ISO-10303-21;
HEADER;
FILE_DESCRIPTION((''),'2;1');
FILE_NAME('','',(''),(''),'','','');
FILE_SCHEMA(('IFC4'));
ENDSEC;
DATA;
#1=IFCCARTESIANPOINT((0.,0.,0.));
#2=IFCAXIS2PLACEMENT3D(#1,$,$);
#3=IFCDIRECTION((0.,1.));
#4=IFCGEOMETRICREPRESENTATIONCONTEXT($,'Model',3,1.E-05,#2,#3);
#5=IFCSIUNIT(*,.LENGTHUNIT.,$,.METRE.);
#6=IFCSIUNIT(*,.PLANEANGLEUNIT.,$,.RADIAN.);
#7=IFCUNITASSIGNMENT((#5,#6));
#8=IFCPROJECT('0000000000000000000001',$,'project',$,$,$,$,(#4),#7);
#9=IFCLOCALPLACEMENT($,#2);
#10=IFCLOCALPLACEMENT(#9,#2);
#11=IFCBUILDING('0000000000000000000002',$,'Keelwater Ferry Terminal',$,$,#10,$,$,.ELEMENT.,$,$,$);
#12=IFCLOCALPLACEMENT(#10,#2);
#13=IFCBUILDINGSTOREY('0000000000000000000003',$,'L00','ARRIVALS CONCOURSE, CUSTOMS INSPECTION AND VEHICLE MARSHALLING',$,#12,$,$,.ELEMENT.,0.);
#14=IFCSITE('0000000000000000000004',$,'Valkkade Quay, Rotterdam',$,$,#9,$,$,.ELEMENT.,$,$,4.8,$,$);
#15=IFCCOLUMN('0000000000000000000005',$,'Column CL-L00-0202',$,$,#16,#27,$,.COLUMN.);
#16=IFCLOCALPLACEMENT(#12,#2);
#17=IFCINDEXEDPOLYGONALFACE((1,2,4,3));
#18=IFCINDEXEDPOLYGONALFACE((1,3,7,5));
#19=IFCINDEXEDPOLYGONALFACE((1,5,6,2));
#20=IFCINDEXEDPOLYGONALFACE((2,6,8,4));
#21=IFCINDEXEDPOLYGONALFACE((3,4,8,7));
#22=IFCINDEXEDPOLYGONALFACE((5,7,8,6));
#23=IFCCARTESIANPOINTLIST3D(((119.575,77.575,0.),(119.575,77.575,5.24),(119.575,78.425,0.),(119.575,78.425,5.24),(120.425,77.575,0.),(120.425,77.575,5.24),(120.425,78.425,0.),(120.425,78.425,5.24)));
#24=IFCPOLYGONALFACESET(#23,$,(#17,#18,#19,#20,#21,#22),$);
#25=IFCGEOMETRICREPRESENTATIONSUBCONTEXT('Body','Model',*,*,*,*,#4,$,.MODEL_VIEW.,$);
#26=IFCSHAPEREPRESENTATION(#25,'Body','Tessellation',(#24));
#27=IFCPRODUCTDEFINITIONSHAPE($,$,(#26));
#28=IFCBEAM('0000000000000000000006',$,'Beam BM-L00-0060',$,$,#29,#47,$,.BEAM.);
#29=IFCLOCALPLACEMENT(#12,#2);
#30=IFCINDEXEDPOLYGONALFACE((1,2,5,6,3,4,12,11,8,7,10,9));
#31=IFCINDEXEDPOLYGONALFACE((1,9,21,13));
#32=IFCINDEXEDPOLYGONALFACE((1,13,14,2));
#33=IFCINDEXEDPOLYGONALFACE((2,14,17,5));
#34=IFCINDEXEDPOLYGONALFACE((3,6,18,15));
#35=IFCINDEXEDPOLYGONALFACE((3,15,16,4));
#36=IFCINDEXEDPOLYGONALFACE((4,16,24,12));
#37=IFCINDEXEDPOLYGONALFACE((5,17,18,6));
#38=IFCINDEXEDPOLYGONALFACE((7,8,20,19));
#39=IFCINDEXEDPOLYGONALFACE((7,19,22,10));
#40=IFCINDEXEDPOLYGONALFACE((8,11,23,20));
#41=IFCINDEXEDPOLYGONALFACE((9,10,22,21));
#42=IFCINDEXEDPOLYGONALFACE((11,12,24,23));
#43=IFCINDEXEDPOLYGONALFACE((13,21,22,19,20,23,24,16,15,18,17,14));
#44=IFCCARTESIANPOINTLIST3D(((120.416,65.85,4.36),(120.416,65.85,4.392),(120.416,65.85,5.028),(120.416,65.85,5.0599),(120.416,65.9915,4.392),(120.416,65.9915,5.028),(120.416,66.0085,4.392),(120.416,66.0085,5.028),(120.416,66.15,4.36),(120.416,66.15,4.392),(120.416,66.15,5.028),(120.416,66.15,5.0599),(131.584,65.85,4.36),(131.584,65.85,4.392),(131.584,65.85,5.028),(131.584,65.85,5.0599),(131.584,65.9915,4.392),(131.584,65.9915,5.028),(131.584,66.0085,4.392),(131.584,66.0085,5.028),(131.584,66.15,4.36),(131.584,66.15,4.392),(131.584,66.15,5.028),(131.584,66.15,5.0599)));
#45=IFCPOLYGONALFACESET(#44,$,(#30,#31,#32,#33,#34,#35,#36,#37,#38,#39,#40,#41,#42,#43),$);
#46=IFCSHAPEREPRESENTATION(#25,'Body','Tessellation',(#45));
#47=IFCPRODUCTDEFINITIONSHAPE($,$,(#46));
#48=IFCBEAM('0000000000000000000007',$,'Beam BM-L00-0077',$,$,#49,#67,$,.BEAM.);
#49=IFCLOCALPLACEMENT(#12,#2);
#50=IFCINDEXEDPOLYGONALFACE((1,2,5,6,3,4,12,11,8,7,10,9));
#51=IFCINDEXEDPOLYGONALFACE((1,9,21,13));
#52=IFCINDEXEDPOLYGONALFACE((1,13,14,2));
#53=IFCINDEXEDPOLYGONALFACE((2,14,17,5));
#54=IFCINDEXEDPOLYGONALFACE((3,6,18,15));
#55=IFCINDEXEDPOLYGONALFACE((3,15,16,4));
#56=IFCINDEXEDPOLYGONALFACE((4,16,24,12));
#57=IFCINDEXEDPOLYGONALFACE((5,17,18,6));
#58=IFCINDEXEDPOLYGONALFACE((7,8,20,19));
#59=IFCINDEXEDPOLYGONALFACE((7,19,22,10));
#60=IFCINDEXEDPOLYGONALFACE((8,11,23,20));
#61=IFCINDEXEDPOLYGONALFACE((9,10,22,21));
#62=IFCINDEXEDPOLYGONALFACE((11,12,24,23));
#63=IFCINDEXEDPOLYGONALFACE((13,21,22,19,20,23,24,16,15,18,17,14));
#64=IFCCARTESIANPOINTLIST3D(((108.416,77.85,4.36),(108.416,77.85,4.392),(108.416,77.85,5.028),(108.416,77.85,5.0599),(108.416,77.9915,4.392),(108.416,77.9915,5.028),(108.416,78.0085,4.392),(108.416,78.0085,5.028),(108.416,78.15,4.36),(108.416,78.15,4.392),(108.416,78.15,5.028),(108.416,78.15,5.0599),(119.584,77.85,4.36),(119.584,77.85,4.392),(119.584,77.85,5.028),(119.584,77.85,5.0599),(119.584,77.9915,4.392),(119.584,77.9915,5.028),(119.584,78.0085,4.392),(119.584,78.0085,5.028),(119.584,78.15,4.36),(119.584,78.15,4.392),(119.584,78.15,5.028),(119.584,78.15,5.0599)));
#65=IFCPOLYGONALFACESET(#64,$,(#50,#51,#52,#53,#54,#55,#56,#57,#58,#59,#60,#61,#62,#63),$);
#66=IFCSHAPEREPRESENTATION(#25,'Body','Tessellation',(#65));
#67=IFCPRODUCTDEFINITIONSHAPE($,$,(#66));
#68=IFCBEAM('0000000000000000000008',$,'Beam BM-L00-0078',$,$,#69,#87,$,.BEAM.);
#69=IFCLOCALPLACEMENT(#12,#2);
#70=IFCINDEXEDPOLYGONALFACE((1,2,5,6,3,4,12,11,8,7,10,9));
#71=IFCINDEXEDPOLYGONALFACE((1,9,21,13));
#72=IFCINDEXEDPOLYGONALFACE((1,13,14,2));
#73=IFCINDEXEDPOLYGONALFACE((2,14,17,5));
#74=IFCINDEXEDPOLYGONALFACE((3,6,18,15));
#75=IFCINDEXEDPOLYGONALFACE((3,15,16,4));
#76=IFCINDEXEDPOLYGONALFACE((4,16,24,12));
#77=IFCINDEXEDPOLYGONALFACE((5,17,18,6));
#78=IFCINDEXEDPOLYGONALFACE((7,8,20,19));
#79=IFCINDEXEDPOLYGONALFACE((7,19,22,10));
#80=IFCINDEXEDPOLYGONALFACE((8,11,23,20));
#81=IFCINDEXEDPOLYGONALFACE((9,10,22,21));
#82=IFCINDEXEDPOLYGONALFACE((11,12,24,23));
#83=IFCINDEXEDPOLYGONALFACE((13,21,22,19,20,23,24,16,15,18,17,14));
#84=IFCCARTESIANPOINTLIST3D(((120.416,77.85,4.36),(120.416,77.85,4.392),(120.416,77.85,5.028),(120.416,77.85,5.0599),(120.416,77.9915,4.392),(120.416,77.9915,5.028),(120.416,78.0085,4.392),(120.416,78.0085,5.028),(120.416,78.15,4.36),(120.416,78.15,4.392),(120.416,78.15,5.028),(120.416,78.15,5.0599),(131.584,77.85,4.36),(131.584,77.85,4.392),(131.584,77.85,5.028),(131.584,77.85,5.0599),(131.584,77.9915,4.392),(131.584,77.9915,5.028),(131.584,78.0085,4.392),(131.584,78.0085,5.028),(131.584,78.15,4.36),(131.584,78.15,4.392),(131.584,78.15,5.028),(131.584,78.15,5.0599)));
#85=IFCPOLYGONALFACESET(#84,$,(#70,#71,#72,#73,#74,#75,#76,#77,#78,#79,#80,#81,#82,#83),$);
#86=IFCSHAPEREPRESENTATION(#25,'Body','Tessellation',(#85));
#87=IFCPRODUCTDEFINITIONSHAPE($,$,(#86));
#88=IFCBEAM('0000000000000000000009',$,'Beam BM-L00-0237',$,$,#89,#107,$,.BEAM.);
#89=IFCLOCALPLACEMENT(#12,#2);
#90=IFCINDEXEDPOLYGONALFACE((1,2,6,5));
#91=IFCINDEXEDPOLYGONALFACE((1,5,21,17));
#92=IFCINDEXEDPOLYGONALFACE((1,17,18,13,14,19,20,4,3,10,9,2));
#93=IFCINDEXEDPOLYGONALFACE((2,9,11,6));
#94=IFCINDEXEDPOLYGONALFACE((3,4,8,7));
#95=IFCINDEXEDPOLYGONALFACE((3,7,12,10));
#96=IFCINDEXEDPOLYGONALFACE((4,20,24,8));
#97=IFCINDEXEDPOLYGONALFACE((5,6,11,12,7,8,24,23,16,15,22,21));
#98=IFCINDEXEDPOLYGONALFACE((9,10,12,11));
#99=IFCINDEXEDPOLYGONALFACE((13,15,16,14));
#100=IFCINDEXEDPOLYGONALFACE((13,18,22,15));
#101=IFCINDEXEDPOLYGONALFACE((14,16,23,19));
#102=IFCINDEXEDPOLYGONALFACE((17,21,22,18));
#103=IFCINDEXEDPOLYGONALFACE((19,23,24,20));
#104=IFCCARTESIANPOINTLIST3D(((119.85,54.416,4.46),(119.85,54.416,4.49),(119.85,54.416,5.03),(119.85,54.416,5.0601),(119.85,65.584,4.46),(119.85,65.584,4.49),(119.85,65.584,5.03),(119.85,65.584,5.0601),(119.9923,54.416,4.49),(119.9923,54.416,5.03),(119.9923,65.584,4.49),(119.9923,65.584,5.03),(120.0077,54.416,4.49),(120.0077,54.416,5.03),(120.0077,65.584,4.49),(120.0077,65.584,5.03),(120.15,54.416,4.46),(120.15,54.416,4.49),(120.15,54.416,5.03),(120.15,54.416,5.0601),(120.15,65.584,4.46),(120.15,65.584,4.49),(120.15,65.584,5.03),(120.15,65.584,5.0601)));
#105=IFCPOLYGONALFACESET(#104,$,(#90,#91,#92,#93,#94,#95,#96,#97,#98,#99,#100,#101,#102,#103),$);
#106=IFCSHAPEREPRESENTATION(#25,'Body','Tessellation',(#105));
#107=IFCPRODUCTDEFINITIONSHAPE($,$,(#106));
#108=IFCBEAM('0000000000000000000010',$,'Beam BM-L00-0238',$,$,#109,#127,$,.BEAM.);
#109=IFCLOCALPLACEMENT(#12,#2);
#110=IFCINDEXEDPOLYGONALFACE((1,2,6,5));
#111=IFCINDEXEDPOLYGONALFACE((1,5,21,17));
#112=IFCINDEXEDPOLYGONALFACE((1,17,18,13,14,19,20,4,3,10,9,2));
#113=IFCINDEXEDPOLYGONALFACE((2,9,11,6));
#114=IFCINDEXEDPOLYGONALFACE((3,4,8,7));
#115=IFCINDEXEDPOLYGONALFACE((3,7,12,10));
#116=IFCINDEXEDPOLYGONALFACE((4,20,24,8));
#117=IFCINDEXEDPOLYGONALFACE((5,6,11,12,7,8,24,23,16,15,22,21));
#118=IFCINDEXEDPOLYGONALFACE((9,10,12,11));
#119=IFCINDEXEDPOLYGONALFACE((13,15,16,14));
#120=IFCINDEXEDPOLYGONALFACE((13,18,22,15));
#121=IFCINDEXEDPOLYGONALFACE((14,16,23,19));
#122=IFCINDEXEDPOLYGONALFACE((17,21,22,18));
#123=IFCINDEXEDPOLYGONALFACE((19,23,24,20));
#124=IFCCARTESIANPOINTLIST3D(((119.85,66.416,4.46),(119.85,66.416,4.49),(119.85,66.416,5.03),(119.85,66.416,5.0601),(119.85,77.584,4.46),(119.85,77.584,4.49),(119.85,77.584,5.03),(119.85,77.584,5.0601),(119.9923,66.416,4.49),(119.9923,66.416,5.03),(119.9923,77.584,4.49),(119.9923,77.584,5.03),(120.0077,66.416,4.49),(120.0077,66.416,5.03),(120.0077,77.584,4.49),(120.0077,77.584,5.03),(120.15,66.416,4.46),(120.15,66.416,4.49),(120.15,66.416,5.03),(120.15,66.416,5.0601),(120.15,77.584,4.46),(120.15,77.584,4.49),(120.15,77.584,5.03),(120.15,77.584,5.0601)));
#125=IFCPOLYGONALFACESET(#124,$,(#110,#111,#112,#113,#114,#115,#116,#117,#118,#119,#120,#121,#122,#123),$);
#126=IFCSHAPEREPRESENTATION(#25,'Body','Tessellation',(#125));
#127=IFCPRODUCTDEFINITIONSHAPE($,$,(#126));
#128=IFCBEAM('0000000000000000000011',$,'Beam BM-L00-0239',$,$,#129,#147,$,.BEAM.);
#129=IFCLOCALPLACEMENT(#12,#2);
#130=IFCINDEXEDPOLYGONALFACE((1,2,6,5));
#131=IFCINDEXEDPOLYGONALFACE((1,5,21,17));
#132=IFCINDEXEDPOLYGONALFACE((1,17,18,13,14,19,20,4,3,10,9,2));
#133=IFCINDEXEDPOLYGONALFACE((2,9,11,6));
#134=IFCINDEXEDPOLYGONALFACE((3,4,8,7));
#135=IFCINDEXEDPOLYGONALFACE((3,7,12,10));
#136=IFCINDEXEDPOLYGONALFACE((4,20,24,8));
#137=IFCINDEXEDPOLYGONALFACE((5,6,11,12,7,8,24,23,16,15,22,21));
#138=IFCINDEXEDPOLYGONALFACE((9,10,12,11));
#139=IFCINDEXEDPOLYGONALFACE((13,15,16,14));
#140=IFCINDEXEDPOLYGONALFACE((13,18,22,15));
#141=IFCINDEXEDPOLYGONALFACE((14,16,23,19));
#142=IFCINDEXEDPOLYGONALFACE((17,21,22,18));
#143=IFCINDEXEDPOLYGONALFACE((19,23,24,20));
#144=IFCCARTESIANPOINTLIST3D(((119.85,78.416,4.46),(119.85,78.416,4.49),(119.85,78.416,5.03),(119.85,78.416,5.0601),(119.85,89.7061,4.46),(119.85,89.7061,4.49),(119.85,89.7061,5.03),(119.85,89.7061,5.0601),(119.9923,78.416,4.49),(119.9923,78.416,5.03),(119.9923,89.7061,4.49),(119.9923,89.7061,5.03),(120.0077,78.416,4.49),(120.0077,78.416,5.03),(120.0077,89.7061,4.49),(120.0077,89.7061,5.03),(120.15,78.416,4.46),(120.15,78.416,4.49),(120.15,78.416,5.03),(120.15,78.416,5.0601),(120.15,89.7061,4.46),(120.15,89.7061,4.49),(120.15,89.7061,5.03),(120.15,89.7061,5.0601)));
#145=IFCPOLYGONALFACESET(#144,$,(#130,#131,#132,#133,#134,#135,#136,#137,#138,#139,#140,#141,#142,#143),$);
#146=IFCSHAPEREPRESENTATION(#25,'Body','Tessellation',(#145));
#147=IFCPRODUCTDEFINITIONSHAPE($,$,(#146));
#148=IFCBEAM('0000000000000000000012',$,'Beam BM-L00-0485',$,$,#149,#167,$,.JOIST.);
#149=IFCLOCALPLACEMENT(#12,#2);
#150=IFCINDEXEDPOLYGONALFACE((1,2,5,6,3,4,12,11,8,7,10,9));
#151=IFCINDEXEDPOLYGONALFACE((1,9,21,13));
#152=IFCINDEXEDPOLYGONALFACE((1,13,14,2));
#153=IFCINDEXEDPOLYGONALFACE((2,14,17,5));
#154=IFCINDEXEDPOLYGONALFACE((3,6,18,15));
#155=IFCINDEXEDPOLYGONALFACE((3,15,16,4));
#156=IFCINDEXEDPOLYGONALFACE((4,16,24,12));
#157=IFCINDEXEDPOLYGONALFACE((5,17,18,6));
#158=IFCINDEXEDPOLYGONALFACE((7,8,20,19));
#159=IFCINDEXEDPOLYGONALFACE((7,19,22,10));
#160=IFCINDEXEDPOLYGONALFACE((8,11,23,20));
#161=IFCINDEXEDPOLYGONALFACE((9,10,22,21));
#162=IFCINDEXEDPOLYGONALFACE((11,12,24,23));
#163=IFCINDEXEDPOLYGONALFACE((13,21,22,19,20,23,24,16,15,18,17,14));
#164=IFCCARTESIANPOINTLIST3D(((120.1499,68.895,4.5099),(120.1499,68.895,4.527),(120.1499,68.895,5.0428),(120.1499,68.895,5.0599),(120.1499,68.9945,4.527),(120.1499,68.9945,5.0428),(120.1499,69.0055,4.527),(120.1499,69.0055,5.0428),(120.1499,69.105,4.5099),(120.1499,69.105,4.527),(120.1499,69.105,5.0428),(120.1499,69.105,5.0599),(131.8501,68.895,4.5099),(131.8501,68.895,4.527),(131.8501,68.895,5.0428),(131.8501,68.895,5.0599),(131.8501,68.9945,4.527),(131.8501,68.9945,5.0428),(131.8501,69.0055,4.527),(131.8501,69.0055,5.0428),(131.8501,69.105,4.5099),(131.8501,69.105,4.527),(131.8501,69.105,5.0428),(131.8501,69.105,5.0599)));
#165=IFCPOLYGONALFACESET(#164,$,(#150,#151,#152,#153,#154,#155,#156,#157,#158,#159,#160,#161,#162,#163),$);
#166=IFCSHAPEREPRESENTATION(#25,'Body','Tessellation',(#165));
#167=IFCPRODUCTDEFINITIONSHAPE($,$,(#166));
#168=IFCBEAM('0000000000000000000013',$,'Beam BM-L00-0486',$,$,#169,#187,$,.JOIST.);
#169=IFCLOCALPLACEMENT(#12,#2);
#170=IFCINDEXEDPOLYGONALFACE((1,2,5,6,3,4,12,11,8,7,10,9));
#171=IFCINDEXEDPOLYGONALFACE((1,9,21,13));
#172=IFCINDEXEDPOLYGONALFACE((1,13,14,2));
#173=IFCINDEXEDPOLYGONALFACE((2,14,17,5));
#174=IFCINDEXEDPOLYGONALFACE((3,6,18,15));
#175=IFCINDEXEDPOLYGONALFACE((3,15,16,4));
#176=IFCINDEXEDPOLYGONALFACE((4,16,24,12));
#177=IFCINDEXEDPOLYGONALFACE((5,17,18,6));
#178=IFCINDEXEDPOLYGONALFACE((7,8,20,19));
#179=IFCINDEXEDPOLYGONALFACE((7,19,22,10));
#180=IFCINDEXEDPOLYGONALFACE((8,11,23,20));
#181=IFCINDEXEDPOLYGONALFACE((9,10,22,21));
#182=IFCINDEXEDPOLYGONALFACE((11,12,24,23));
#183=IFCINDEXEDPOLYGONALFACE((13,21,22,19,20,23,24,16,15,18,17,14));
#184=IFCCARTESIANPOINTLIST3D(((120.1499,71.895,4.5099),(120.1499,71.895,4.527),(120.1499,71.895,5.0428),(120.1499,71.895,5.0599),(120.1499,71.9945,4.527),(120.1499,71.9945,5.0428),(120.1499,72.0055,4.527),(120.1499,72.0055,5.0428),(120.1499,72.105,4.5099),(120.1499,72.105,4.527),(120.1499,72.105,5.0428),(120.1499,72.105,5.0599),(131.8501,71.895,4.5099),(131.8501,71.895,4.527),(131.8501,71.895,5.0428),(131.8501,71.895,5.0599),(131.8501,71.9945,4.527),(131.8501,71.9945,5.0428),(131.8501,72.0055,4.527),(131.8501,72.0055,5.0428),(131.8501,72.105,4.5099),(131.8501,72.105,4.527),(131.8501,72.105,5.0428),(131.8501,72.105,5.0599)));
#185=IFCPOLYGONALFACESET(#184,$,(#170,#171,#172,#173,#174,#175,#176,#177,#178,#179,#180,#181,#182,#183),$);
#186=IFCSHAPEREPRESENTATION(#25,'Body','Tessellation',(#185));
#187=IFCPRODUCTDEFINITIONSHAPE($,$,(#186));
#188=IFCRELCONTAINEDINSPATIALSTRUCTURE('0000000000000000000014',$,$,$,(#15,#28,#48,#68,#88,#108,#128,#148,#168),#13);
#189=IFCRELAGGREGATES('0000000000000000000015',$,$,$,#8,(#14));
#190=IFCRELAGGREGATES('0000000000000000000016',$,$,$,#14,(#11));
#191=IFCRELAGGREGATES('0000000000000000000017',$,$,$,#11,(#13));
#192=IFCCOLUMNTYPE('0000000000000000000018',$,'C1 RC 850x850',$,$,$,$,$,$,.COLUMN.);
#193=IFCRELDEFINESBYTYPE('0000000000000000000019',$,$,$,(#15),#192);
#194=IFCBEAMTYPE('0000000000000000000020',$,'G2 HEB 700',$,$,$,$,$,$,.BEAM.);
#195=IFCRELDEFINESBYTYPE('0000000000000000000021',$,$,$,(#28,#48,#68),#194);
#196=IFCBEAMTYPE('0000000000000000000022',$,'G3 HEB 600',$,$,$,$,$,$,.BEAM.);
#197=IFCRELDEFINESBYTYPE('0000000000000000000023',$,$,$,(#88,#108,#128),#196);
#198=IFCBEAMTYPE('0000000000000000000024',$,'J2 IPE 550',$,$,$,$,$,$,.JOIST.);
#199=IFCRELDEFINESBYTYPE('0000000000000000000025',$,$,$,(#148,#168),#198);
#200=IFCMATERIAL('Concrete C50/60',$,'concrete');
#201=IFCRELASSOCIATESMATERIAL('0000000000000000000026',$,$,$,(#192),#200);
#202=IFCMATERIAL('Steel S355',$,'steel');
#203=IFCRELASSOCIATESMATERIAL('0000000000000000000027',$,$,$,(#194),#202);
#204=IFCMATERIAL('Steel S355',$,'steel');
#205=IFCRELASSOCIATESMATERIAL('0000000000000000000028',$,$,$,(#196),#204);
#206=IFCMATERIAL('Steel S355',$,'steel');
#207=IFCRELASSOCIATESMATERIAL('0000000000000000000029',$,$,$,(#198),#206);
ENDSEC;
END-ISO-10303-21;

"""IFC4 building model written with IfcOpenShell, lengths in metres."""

from ifc_helpers import new_model, si_unit, direction, frame, origin, origin_2d, place, context, subcontext, project, spatial, rectangle, i_section, extrude, material, material_profile, profile_set, type_object, element, save


model = new_model("IFC4")

# Units and contexts
model_context = context("Model", 3, precision=1e-05, world=origin(), true_north=direction((0.0, 1.0)))
body_context = subcontext(model_context, "Body", "Model", "MODEL_VIEW")
ifc_project = project(units=[si_unit("LENGTHUNIT", "METRE"), si_unit("PLANEANGLEUNIT", "RADIAN")], contexts=[model_context])

# Site, building, storey
site_placement = place(None, origin())
site = spatial("IfcSite", under=ifc_project, at=site_placement, Name="Valkkade Quay, Rotterdam", CompositionType="ELEMENT", RefElevation=4.8)
building_placement = place(site_placement, origin())
building = spatial("IfcBuilding", under=site, at=building_placement, Name="Keelwater Ferry Terminal", CompositionType="ELEMENT")
storey_placement = place(building_placement, origin())
storey = spatial("IfcBuildingStorey", under=building, at=storey_placement, Name="L00", Description="ARRIVALS CONCOURSE, CUSTOMS INSPECTION AND VEHICLE MARSHALLING", CompositionType="ELEMENT", Elevation=0.0)

# Column
ifc_material_1 = material(Name="Concrete C50/60", Category="concrete")
ifc_material_profile_1 = material_profile(ifc_material_1, rectangle(XDim=0.8501, YDim=0.8501, at=origin_2d()), Name="RC 850x850")
ifc_profile_set_1 = profile_set([ifc_material_profile_1], Name="Concrete C50/60")
column_type = type_object("IfcColumnType", Name="C1 RC 850x850", PredefinedType="COLUMN", material=ifc_profile_set_1)
for number, where, z_axis, x_axis, name in (
    (1, (120.0, 78.0, 0.0), (0.0, 0.0, 1.0), (1.0, 0.0, 0.0), "Column CL-L00-0202"),
):
    element("IfcColumn", number, at=place(storey_placement, frame(where, z_axis=z_axis, x_axis=x_axis)), inside=storey, type_object=column_type, Name=name, PredefinedType="COLUMN", context=body_context, shape_type="SweptSolid", body=[
        extrude(rectangle(XDim=0.8501, YDim=0.8501, at=origin_2d()), origin(), (0.0, 0.0, 1.0), 5.24),
    ])

# Beams
ifc_material_2 = material(Name="Steel S355", Category="steel")
ifc_material_profile_2 = material_profile(ifc_material_2, i_section(OverallWidth=0.3, OverallDepth=0.7, WebThickness=0.0171, FlangeThickness=0.032, at=origin_2d()), Name="HEB 700")
ifc_profile_set_2 = profile_set([ifc_material_profile_2], Name="Steel S355")
beam_type_1 = type_object("IfcBeamType", Name="G2 HEB 700", PredefinedType="BEAM", material=ifc_profile_set_2)
for number, where, z_axis, x_axis, name in (
    (2, (120.416, 66.0, 4.71), (1.0, 0.0, 0.0), (0.0, 1.0, 0.0), "Beam BM-L00-0060"),
    (3, (108.416, 78.0, 4.71), (1.0, 0.0, 0.0), (0.0, 1.0, 0.0), "Beam BM-L00-0077"),
    (4, (120.416, 78.0, 4.71), (1.0, 0.0, 0.0), (0.0, 1.0, 0.0), "Beam BM-L00-0078"),
):
    element("IfcBeam", number, at=place(storey_placement, frame(where, z_axis=z_axis, x_axis=x_axis)), inside=storey, type_object=beam_type_1, Name=name, PredefinedType="BEAM", context=body_context, shape_type="SweptSolid", body=[
        extrude(i_section(OverallWidth=0.3, OverallDepth=0.7, WebThickness=0.0171, FlangeThickness=0.032, at=origin_2d()), origin(), (0.0, 0.0, 1.0), 11.168),
    ])
ifc_material_3 = material(Name="Steel S355", Category="steel")
ifc_material_profile_3 = material_profile(ifc_material_3, i_section(OverallWidth=0.3, OverallDepth=0.6001, WebThickness=0.0154, FlangeThickness=0.03, at=origin_2d()), Name="HEB 600")
ifc_profile_set_3 = profile_set([ifc_material_profile_3], Name="Steel S355")
beam_type_2 = type_object("IfcBeamType", Name="G3 HEB 600", PredefinedType="BEAM", material=ifc_profile_set_3)
for number, where, z_axis, x_axis, name in (
    (5, (120.0, 54.416, 4.76), (0.0, 1.0, 0.0), (-1.0, 0.0, 0.0), "Beam BM-L00-0237"),
    (6, (120.0, 66.416, 4.76), (0.0, 1.0, 0.0), (-1.0, 0.0, 0.0), "Beam BM-L00-0238"),
):
    element("IfcBeam", number, at=place(storey_placement, frame(where, z_axis=z_axis, x_axis=x_axis)), inside=storey, type_object=beam_type_2, Name=name, PredefinedType="BEAM", context=body_context, shape_type="SweptSolid", body=[
        extrude(i_section(OverallWidth=0.3, OverallDepth=0.6001, WebThickness=0.0154, FlangeThickness=0.03, at=origin_2d()), origin(), (0.0, 0.0, 1.0), 11.168),
    ])
beam_placement = place(storey_placement, frame((120.0, 78.416, 4.76), z_axis=(0.0, 1.0, 0.0), x_axis=(-1.0, 0.0, 0.0)))
element("IfcBeam", 7, at=beam_placement, inside=storey, type_object=beam_type_2, Name="Beam BM-L00-0239", PredefinedType="BEAM", context=body_context, shape_type="SweptSolid", body=[
    extrude(i_section(OverallWidth=0.3, OverallDepth=0.6001, WebThickness=0.0154, FlangeThickness=0.03, at=origin_2d()), origin(), (0.0, 0.0, 1.0), 11.29),
])
ifc_material_4 = material(Name="Steel S355", Category="steel")
ifc_material_profile_4 = material_profile(ifc_material_4, i_section(OverallWidth=0.21, OverallDepth=0.55, WebThickness=0.011, FlangeThickness=0.0171, at=origin_2d()), Name="IPE 550")
ifc_profile_set_4 = profile_set([ifc_material_profile_4], Name="Steel S355")
beam_type_3 = type_object("IfcBeamType", Name="J2 IPE 550", PredefinedType="JOIST", material=ifc_profile_set_4)
for number, where, z_axis, x_axis, name in (
    (8, (120.1499, 69.0, 4.7849), (1.0, 0.0, 0.0), (0.0, 1.0, 0.0), "Beam BM-L00-0485"),
    (9, (120.1499, 72.0, 4.7849), (1.0, 0.0, 0.0), (0.0, 1.0, 0.0), "Beam BM-L00-0486"),
):
    element("IfcBeam", number, at=place(storey_placement, frame(where, z_axis=z_axis, x_axis=x_axis)), inside=storey, type_object=beam_type_3, Name=name, PredefinedType="JOIST", context=body_context, shape_type="SweptSolid", body=[
        extrude(i_section(OverallWidth=0.21, OverallDepth=0.55, WebThickness=0.011, FlangeThickness=0.0171, at=origin_2d()), origin(), (0.0, 0.0, 1.0), 11.7002),
    ])

save(model, "model.ifc")
